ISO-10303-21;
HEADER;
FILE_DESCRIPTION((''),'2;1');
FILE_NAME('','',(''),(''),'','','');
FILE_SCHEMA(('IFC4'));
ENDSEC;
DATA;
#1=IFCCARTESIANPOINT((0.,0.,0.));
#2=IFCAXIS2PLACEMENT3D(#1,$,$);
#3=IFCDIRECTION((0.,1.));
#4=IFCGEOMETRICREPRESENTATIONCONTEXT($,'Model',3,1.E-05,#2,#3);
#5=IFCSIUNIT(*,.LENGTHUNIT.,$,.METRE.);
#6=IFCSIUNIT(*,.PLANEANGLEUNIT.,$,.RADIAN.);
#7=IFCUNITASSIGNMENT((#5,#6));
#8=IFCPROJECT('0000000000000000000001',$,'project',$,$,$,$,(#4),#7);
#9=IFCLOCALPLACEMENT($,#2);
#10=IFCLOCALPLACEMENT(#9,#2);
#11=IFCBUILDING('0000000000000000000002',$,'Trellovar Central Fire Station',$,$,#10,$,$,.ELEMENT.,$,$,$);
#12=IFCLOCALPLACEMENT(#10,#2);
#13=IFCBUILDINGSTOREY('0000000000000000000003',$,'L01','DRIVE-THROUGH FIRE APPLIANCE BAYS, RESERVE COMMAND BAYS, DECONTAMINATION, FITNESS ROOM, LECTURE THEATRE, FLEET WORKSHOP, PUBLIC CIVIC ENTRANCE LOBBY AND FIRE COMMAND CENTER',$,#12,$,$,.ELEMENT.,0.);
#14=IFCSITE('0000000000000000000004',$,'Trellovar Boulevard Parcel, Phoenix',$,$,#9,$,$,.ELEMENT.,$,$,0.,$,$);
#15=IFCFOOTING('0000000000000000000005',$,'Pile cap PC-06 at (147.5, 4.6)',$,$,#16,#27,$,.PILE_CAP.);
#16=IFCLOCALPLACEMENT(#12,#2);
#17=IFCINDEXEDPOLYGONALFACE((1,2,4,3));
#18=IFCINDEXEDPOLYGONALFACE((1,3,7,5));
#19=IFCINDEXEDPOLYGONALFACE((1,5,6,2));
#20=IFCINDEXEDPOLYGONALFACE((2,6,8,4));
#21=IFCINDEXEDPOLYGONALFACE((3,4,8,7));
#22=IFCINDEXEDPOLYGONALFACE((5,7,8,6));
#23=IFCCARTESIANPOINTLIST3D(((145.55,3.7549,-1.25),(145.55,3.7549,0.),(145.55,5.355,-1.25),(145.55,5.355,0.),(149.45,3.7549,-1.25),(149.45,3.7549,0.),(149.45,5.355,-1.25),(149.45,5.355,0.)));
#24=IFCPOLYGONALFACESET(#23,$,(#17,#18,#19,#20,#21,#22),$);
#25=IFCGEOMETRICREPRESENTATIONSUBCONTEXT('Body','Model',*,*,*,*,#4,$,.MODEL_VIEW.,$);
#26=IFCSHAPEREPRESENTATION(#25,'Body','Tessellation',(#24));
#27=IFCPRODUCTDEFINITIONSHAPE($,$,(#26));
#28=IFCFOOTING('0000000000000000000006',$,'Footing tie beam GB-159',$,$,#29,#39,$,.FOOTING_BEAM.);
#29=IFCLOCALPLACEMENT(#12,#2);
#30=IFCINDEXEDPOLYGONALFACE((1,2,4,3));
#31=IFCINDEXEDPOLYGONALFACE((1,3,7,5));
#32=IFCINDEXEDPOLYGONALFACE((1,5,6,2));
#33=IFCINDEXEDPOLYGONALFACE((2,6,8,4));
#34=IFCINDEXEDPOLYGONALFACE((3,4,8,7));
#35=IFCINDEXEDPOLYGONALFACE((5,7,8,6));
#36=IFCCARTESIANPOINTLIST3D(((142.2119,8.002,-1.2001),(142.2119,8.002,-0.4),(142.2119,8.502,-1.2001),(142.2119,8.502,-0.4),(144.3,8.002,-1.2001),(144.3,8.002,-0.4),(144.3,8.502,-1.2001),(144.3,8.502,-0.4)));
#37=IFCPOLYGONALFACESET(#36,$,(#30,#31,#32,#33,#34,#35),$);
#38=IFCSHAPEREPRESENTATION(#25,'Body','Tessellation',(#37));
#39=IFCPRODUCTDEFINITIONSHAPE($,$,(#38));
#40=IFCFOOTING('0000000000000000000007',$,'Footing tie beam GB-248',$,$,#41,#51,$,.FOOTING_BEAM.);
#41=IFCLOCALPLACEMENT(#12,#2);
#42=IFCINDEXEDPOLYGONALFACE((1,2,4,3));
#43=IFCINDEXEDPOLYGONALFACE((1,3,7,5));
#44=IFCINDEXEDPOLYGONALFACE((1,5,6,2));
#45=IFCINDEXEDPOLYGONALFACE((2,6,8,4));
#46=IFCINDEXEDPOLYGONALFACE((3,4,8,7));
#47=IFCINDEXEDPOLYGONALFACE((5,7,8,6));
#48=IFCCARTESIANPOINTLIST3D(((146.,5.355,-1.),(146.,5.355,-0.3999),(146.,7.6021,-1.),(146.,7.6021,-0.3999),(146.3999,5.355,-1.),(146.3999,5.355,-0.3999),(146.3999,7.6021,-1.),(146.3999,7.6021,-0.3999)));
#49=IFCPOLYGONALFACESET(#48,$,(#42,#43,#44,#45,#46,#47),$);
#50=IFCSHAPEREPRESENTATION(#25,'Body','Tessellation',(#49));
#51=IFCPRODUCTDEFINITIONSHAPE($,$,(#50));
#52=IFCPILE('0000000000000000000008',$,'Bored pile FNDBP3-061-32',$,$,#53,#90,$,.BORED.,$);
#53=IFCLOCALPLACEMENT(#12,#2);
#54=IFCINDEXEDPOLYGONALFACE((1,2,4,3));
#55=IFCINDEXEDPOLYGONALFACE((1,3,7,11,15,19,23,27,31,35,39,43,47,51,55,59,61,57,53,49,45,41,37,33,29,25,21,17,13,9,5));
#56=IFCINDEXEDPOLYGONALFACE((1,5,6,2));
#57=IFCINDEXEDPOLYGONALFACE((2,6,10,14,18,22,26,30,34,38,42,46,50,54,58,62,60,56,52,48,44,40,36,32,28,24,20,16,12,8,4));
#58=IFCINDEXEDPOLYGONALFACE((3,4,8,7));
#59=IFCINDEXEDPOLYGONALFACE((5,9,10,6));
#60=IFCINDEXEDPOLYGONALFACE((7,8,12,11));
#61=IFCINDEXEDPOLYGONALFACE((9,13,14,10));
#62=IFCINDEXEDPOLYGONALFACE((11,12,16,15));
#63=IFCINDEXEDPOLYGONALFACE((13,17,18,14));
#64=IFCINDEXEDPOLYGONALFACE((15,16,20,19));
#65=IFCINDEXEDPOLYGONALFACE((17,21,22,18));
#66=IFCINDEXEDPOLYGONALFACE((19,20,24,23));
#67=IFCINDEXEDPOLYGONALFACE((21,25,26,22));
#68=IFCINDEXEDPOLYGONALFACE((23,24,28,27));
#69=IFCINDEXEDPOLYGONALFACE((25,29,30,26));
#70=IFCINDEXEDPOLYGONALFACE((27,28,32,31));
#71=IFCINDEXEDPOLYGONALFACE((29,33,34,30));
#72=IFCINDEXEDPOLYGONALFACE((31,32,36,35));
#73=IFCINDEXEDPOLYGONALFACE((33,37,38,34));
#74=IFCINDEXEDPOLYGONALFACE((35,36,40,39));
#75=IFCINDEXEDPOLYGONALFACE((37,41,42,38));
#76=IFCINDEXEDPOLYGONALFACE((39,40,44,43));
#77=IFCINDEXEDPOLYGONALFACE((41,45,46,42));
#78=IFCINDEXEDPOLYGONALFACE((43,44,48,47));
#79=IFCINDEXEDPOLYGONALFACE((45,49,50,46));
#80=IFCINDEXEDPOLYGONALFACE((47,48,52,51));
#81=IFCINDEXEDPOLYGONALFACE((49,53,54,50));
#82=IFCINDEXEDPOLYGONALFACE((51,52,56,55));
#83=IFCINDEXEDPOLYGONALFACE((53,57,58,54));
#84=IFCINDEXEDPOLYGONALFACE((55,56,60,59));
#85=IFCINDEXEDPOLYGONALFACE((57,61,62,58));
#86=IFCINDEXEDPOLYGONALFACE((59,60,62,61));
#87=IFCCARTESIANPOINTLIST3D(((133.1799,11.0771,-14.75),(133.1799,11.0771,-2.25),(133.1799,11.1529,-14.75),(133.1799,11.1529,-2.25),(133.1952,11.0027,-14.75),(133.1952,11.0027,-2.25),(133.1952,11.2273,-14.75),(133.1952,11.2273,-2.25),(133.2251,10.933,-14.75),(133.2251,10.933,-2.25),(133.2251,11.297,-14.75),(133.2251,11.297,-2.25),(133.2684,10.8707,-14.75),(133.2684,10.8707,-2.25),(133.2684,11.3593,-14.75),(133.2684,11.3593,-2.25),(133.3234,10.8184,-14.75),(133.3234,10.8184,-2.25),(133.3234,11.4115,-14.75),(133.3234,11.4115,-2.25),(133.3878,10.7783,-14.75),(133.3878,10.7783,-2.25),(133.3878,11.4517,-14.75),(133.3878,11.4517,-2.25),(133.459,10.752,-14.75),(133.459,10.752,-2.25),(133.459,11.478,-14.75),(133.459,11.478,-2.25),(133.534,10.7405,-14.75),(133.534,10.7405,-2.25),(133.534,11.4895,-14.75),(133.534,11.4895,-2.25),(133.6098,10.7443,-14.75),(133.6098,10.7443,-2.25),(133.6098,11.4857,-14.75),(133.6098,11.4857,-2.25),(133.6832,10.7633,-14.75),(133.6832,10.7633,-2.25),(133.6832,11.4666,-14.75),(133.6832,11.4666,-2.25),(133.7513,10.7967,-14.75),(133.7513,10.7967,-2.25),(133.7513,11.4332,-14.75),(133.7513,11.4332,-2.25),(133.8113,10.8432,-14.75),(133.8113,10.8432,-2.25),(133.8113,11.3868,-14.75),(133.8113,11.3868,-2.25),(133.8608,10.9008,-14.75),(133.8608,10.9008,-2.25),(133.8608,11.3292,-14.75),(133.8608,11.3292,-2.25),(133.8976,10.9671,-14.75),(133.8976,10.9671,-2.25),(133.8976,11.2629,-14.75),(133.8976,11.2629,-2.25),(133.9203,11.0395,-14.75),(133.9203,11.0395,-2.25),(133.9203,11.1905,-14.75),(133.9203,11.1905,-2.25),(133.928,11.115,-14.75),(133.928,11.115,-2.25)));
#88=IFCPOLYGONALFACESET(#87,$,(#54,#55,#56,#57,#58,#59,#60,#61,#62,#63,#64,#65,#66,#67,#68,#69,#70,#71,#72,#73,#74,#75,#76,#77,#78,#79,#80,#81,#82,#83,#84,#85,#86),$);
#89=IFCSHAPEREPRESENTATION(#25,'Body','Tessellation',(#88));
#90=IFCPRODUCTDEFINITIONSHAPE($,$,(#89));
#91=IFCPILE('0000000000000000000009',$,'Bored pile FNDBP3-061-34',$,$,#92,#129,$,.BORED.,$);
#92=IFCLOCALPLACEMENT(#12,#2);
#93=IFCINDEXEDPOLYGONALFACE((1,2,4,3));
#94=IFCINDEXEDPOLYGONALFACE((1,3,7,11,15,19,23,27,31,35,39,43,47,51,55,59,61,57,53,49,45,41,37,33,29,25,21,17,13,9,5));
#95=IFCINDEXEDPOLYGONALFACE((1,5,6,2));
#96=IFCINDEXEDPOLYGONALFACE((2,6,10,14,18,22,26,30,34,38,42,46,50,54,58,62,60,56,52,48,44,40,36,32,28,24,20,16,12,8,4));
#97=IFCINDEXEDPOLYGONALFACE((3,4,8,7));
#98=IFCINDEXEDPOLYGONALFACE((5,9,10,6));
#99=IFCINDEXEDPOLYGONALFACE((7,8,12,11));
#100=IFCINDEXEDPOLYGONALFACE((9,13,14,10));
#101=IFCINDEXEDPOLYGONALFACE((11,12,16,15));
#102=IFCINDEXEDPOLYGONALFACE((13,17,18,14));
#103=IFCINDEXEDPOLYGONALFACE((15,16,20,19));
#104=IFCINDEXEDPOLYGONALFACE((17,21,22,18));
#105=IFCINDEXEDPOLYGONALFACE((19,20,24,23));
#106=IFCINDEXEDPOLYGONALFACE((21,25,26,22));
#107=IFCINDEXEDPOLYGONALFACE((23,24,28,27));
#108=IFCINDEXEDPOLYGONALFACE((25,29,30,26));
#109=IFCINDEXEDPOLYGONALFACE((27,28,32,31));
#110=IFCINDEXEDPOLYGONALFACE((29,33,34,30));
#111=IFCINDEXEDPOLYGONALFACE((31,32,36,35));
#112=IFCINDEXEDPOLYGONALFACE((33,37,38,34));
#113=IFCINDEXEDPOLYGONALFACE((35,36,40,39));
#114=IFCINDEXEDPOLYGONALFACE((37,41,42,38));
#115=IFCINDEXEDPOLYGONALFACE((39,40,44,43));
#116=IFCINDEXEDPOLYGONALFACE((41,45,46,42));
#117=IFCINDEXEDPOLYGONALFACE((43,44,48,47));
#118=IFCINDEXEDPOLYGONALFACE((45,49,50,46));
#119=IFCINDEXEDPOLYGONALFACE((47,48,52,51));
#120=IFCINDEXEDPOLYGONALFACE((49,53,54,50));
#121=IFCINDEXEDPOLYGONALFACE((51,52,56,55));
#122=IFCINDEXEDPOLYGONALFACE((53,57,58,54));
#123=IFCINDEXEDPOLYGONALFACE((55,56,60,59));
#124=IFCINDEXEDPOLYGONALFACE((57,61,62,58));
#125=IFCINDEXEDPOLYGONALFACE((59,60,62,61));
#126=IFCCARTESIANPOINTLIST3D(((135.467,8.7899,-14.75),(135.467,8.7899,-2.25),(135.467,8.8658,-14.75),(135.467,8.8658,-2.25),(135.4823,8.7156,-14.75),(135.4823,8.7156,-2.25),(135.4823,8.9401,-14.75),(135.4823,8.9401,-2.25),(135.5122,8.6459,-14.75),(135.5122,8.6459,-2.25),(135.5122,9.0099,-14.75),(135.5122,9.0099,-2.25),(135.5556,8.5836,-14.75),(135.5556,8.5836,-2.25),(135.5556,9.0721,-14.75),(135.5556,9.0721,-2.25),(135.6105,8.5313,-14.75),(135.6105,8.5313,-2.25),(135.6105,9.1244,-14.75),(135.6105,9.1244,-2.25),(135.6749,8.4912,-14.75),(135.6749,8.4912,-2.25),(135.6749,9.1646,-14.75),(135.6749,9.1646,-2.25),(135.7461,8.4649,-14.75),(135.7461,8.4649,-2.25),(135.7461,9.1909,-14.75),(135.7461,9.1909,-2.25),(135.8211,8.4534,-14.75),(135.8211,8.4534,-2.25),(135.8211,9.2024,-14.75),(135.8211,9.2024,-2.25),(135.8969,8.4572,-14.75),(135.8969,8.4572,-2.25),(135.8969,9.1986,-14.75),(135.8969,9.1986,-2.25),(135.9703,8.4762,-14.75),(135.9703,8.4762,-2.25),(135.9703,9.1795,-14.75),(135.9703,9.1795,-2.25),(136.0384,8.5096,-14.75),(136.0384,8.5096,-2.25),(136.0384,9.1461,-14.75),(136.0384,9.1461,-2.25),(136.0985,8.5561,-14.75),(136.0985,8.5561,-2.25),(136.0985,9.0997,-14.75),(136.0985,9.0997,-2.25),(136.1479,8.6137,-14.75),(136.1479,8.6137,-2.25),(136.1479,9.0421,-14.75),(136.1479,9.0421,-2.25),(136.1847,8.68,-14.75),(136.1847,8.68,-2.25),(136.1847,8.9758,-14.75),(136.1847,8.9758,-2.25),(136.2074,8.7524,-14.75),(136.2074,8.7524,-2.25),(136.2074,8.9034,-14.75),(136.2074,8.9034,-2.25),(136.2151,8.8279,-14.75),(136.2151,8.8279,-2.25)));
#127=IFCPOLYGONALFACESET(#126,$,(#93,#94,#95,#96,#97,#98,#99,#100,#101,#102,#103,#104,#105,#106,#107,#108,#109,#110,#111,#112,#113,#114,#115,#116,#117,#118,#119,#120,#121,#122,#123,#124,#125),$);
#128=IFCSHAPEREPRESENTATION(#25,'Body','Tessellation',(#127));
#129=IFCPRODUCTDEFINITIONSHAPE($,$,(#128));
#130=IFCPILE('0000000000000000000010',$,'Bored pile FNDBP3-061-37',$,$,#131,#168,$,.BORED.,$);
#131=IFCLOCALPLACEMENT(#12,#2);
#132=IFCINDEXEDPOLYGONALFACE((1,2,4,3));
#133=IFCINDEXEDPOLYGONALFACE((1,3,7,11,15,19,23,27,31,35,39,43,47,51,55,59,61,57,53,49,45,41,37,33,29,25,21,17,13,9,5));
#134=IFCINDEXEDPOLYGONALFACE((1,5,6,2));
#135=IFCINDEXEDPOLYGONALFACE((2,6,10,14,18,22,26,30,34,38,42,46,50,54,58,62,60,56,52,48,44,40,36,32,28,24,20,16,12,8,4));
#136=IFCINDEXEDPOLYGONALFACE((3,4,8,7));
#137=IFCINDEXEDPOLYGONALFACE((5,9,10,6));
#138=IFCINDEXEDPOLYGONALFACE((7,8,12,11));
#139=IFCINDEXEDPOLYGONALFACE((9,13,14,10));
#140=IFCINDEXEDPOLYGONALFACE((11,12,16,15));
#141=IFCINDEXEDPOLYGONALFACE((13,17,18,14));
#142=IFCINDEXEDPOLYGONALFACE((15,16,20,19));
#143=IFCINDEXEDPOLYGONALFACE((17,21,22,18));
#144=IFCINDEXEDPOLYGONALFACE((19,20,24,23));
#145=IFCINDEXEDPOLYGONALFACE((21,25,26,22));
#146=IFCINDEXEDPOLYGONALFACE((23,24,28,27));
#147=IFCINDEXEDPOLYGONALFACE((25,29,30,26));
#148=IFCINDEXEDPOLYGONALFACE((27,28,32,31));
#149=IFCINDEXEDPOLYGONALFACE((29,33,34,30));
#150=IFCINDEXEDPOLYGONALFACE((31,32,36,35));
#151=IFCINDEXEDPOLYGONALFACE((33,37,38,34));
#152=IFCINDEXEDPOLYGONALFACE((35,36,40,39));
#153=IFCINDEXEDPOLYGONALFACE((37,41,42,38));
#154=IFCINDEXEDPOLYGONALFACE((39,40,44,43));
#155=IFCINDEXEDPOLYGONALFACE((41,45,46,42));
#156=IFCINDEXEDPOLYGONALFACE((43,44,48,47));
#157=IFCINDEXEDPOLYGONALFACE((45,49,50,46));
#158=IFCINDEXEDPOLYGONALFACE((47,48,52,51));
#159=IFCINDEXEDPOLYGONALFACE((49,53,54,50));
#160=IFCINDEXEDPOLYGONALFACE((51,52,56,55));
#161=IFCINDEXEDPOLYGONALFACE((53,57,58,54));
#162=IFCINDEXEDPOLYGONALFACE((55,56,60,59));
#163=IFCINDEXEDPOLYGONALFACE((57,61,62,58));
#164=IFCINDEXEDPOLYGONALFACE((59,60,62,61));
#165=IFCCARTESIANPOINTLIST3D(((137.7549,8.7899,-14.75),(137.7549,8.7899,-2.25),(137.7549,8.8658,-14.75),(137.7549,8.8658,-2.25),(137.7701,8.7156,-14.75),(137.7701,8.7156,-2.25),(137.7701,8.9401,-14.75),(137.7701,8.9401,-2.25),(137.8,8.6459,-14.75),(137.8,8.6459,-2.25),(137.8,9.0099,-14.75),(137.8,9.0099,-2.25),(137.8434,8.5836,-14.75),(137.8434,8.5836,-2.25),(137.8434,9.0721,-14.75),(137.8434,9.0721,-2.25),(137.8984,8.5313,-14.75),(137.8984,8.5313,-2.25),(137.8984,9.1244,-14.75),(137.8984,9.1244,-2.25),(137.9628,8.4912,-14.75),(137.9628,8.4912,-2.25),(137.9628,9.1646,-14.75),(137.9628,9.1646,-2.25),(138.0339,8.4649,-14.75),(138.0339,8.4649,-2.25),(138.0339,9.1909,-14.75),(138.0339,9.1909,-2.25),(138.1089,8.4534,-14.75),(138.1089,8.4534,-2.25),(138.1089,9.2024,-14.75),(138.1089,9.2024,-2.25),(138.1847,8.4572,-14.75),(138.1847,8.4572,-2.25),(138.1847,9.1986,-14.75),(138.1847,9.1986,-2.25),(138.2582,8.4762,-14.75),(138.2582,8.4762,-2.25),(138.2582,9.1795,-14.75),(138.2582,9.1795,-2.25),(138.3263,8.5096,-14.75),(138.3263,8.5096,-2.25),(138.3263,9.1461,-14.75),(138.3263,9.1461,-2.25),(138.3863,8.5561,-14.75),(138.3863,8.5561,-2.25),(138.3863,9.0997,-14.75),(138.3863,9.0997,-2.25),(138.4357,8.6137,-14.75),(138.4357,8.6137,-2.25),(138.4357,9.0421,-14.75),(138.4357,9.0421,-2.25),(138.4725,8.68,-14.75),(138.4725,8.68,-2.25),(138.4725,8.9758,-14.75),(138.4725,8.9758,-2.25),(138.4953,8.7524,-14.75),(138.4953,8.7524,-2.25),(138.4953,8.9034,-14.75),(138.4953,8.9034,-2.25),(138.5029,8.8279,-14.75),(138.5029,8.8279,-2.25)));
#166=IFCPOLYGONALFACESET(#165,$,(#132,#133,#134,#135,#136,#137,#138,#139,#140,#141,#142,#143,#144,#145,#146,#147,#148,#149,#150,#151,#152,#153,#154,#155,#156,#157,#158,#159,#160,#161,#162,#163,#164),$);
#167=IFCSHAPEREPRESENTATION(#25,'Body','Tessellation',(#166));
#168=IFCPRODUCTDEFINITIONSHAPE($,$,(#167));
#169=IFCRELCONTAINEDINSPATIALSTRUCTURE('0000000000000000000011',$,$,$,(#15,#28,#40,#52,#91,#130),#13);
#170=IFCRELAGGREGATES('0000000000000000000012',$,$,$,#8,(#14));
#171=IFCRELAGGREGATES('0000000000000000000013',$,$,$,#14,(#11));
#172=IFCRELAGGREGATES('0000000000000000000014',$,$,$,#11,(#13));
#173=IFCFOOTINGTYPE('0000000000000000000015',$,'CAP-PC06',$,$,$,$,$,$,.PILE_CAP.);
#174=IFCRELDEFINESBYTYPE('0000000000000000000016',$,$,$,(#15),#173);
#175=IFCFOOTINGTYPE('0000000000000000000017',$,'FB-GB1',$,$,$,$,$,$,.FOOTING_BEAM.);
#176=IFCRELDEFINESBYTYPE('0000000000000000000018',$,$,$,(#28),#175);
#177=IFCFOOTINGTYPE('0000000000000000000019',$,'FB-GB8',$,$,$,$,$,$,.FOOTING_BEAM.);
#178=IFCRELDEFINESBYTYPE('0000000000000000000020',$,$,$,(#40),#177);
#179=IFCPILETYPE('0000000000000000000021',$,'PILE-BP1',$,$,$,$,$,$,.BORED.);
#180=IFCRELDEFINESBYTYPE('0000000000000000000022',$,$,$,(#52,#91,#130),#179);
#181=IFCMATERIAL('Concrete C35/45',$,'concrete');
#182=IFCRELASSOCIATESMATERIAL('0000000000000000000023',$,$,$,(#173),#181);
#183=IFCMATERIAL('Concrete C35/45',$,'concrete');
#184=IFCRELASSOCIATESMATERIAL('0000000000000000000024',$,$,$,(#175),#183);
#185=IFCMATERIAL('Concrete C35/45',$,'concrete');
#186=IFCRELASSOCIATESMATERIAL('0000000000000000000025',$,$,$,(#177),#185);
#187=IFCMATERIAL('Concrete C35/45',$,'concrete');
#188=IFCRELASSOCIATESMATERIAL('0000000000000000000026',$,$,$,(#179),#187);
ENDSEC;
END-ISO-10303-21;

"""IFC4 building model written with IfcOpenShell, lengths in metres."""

from ifc_helpers import new_model, si_unit, direction, frame, origin, origin_2d, place, context, subcontext, project, spatial, rectangle, circle, extrude, material, material_profile, profile_set, type_object, element, save


model = new_model("IFC4")

# Units and contexts
model_context = context("Model", 3, precision=1e-05, world=origin(), true_north=direction((0.0, 1.0)))
body_context = subcontext(model_context, "Body", "Model", "MODEL_VIEW")
ifc_project = project(units=[si_unit("LENGTHUNIT", "METRE"), si_unit("PLANEANGLEUNIT", "RADIAN")], contexts=[model_context])

# Site, building, storey
site_placement = place(None, origin())
site = spatial("IfcSite", under=ifc_project, at=site_placement, Name="Trellovar Boulevard Parcel, Phoenix", CompositionType="ELEMENT", RefElevation=0.0)
building_placement = place(site_placement, origin())
building = spatial("IfcBuilding", under=site, at=building_placement, Name="Trellovar Central Fire Station", CompositionType="ELEMENT")
storey_placement = place(building_placement, origin())
storey = spatial("IfcBuildingStorey", under=building, at=storey_placement, Name="L01", Description="DRIVE-THROUGH FIRE APPLIANCE BAYS, RESERVE COMMAND BAYS, DECONTAMINATION, FITNESS ROOM, LECTURE THEATRE, FLEET WORKSHOP, PUBLIC CIVIC ENTRANCE LOBBY AND FIRE COMMAND CENTER", CompositionType="ELEMENT", Elevation=0.0)

# Footings
ifc_material_1 = material(Name="Concrete C35/45", Category="concrete")
footing_type_1 = type_object("IfcFootingType", Name="CAP-PC06", PredefinedType="PILE_CAP", material=ifc_material_1)
footing_1_placement = place(storey_placement, frame((147.5, 4.5549, -1.25), z_axis=(0.0, 0.0, 1.0), x_axis=(1.0, 0.0, 0.0)))
element("IfcFooting", 1, at=footing_1_placement, inside=storey, type_object=footing_type_1, Name="Pile cap PC-06 at (147.5, 4.6)", PredefinedType="PILE_CAP", context=body_context, shape_type="SweptSolid", body=[
    extrude(rectangle(XDim=3.8999, YDim=1.6001, at=origin_2d()), origin(), (0.0, 0.0, 1.0), 1.25),
])
ifc_material_2 = material(Name="Concrete C35/45", Category="concrete")
ifc_material_profile_1 = material_profile(ifc_material_2, rectangle(XDim=0.5, YDim=0.8, at=origin_2d()), Name="RC500X800")
ifc_profile_set_1 = profile_set([ifc_material_profile_1], Name="Concrete C35/45")
footing_type_2 = type_object("IfcFootingType", Name="FB-GB1", PredefinedType="FOOTING_BEAM", material=ifc_profile_set_1)
footing_2_placement = place(storey_placement, frame((142.2119, 8.252, -0.8), z_axis=(1.0, 0.0, 0.0), x_axis=(0.0, 1.0, 0.0)))
element("IfcFooting", 2, at=footing_2_placement, inside=storey, type_object=footing_type_2, Name="Footing tie beam GB-159", PredefinedType="FOOTING_BEAM", context=body_context, shape_type="SweptSolid", body=[
    extrude(rectangle(XDim=0.5, YDim=0.8, at=origin_2d()), origin(), (0.0, 0.0, 1.0), 2.0881),
])
ifc_material_3 = material(Name="Concrete C35/45", Category="concrete")
ifc_material_profile_2 = material_profile(ifc_material_3, rectangle(XDim=0.3999, YDim=0.6001, at=origin_2d()), Name="RC400X600")
ifc_profile_set_2 = profile_set([ifc_material_profile_2], Name="Concrete C35/45")
footing_type_3 = type_object("IfcFootingType", Name="FB-GB8", PredefinedType="FOOTING_BEAM", material=ifc_profile_set_2)
footing_3_placement = place(storey_placement, frame((146.2, 5.355, -0.7), z_axis=(0.0, 1.0, 0.0), x_axis=(-1.0, 0.0, 0.0)))
element("IfcFooting", 3, at=footing_3_placement, inside=storey, type_object=footing_type_3, Name="Footing tie beam GB-248", PredefinedType="FOOTING_BEAM", context=body_context, shape_type="SweptSolid", body=[
    extrude(rectangle(XDim=0.3999, YDim=0.6001, at=origin_2d()), origin(), (0.0, 0.0, 1.0), 2.2471),
])

# Piles
ifc_material_4 = material(Name="Concrete C35/45", Category="concrete")
ifc_material_profile_3 = material_profile(ifc_material_4, circle(Radius=0.375, at=origin_2d()), Name="PILE750")
ifc_profile_set_3 = profile_set([ifc_material_profile_3], Name="Concrete C35/45")
pile_type_1 = type_object("IfcPileType", Name="PILE-BP1", PredefinedType="BORED", material=ifc_profile_set_3)
for number, where, z_axis, x_axis, name in (
    (4, (133.553, 11.115, -2.25), (0.0, 0.0, -1.0), (1.0, 0.0, 0.0), "Bored pile FNDBP3-061-32"),
    (5, (135.8401, 8.8279, -2.25), (0.0, 0.0, -1.0), (1.0, 0.0, 0.0), "Bored pile FNDBP3-061-34"),
    (6, (138.1279, 8.8279, -2.25), (0.0, 0.0, -1.0), (1.0, 0.0, 0.0), "Bored pile FNDBP3-061-37"),
):
    element("IfcPile", number, at=place(storey_placement, frame(where, z_axis=z_axis, x_axis=x_axis)), inside=storey, type_object=pile_type_1, Name=name, PredefinedType="BORED", context=body_context, shape_type="SweptSolid", body=[
        extrude(circle(Radius=0.375, at=origin_2d()), origin(), (0.0, 0.0, 1.0), 12.5),
    ])

save(model, "model.ifc")
